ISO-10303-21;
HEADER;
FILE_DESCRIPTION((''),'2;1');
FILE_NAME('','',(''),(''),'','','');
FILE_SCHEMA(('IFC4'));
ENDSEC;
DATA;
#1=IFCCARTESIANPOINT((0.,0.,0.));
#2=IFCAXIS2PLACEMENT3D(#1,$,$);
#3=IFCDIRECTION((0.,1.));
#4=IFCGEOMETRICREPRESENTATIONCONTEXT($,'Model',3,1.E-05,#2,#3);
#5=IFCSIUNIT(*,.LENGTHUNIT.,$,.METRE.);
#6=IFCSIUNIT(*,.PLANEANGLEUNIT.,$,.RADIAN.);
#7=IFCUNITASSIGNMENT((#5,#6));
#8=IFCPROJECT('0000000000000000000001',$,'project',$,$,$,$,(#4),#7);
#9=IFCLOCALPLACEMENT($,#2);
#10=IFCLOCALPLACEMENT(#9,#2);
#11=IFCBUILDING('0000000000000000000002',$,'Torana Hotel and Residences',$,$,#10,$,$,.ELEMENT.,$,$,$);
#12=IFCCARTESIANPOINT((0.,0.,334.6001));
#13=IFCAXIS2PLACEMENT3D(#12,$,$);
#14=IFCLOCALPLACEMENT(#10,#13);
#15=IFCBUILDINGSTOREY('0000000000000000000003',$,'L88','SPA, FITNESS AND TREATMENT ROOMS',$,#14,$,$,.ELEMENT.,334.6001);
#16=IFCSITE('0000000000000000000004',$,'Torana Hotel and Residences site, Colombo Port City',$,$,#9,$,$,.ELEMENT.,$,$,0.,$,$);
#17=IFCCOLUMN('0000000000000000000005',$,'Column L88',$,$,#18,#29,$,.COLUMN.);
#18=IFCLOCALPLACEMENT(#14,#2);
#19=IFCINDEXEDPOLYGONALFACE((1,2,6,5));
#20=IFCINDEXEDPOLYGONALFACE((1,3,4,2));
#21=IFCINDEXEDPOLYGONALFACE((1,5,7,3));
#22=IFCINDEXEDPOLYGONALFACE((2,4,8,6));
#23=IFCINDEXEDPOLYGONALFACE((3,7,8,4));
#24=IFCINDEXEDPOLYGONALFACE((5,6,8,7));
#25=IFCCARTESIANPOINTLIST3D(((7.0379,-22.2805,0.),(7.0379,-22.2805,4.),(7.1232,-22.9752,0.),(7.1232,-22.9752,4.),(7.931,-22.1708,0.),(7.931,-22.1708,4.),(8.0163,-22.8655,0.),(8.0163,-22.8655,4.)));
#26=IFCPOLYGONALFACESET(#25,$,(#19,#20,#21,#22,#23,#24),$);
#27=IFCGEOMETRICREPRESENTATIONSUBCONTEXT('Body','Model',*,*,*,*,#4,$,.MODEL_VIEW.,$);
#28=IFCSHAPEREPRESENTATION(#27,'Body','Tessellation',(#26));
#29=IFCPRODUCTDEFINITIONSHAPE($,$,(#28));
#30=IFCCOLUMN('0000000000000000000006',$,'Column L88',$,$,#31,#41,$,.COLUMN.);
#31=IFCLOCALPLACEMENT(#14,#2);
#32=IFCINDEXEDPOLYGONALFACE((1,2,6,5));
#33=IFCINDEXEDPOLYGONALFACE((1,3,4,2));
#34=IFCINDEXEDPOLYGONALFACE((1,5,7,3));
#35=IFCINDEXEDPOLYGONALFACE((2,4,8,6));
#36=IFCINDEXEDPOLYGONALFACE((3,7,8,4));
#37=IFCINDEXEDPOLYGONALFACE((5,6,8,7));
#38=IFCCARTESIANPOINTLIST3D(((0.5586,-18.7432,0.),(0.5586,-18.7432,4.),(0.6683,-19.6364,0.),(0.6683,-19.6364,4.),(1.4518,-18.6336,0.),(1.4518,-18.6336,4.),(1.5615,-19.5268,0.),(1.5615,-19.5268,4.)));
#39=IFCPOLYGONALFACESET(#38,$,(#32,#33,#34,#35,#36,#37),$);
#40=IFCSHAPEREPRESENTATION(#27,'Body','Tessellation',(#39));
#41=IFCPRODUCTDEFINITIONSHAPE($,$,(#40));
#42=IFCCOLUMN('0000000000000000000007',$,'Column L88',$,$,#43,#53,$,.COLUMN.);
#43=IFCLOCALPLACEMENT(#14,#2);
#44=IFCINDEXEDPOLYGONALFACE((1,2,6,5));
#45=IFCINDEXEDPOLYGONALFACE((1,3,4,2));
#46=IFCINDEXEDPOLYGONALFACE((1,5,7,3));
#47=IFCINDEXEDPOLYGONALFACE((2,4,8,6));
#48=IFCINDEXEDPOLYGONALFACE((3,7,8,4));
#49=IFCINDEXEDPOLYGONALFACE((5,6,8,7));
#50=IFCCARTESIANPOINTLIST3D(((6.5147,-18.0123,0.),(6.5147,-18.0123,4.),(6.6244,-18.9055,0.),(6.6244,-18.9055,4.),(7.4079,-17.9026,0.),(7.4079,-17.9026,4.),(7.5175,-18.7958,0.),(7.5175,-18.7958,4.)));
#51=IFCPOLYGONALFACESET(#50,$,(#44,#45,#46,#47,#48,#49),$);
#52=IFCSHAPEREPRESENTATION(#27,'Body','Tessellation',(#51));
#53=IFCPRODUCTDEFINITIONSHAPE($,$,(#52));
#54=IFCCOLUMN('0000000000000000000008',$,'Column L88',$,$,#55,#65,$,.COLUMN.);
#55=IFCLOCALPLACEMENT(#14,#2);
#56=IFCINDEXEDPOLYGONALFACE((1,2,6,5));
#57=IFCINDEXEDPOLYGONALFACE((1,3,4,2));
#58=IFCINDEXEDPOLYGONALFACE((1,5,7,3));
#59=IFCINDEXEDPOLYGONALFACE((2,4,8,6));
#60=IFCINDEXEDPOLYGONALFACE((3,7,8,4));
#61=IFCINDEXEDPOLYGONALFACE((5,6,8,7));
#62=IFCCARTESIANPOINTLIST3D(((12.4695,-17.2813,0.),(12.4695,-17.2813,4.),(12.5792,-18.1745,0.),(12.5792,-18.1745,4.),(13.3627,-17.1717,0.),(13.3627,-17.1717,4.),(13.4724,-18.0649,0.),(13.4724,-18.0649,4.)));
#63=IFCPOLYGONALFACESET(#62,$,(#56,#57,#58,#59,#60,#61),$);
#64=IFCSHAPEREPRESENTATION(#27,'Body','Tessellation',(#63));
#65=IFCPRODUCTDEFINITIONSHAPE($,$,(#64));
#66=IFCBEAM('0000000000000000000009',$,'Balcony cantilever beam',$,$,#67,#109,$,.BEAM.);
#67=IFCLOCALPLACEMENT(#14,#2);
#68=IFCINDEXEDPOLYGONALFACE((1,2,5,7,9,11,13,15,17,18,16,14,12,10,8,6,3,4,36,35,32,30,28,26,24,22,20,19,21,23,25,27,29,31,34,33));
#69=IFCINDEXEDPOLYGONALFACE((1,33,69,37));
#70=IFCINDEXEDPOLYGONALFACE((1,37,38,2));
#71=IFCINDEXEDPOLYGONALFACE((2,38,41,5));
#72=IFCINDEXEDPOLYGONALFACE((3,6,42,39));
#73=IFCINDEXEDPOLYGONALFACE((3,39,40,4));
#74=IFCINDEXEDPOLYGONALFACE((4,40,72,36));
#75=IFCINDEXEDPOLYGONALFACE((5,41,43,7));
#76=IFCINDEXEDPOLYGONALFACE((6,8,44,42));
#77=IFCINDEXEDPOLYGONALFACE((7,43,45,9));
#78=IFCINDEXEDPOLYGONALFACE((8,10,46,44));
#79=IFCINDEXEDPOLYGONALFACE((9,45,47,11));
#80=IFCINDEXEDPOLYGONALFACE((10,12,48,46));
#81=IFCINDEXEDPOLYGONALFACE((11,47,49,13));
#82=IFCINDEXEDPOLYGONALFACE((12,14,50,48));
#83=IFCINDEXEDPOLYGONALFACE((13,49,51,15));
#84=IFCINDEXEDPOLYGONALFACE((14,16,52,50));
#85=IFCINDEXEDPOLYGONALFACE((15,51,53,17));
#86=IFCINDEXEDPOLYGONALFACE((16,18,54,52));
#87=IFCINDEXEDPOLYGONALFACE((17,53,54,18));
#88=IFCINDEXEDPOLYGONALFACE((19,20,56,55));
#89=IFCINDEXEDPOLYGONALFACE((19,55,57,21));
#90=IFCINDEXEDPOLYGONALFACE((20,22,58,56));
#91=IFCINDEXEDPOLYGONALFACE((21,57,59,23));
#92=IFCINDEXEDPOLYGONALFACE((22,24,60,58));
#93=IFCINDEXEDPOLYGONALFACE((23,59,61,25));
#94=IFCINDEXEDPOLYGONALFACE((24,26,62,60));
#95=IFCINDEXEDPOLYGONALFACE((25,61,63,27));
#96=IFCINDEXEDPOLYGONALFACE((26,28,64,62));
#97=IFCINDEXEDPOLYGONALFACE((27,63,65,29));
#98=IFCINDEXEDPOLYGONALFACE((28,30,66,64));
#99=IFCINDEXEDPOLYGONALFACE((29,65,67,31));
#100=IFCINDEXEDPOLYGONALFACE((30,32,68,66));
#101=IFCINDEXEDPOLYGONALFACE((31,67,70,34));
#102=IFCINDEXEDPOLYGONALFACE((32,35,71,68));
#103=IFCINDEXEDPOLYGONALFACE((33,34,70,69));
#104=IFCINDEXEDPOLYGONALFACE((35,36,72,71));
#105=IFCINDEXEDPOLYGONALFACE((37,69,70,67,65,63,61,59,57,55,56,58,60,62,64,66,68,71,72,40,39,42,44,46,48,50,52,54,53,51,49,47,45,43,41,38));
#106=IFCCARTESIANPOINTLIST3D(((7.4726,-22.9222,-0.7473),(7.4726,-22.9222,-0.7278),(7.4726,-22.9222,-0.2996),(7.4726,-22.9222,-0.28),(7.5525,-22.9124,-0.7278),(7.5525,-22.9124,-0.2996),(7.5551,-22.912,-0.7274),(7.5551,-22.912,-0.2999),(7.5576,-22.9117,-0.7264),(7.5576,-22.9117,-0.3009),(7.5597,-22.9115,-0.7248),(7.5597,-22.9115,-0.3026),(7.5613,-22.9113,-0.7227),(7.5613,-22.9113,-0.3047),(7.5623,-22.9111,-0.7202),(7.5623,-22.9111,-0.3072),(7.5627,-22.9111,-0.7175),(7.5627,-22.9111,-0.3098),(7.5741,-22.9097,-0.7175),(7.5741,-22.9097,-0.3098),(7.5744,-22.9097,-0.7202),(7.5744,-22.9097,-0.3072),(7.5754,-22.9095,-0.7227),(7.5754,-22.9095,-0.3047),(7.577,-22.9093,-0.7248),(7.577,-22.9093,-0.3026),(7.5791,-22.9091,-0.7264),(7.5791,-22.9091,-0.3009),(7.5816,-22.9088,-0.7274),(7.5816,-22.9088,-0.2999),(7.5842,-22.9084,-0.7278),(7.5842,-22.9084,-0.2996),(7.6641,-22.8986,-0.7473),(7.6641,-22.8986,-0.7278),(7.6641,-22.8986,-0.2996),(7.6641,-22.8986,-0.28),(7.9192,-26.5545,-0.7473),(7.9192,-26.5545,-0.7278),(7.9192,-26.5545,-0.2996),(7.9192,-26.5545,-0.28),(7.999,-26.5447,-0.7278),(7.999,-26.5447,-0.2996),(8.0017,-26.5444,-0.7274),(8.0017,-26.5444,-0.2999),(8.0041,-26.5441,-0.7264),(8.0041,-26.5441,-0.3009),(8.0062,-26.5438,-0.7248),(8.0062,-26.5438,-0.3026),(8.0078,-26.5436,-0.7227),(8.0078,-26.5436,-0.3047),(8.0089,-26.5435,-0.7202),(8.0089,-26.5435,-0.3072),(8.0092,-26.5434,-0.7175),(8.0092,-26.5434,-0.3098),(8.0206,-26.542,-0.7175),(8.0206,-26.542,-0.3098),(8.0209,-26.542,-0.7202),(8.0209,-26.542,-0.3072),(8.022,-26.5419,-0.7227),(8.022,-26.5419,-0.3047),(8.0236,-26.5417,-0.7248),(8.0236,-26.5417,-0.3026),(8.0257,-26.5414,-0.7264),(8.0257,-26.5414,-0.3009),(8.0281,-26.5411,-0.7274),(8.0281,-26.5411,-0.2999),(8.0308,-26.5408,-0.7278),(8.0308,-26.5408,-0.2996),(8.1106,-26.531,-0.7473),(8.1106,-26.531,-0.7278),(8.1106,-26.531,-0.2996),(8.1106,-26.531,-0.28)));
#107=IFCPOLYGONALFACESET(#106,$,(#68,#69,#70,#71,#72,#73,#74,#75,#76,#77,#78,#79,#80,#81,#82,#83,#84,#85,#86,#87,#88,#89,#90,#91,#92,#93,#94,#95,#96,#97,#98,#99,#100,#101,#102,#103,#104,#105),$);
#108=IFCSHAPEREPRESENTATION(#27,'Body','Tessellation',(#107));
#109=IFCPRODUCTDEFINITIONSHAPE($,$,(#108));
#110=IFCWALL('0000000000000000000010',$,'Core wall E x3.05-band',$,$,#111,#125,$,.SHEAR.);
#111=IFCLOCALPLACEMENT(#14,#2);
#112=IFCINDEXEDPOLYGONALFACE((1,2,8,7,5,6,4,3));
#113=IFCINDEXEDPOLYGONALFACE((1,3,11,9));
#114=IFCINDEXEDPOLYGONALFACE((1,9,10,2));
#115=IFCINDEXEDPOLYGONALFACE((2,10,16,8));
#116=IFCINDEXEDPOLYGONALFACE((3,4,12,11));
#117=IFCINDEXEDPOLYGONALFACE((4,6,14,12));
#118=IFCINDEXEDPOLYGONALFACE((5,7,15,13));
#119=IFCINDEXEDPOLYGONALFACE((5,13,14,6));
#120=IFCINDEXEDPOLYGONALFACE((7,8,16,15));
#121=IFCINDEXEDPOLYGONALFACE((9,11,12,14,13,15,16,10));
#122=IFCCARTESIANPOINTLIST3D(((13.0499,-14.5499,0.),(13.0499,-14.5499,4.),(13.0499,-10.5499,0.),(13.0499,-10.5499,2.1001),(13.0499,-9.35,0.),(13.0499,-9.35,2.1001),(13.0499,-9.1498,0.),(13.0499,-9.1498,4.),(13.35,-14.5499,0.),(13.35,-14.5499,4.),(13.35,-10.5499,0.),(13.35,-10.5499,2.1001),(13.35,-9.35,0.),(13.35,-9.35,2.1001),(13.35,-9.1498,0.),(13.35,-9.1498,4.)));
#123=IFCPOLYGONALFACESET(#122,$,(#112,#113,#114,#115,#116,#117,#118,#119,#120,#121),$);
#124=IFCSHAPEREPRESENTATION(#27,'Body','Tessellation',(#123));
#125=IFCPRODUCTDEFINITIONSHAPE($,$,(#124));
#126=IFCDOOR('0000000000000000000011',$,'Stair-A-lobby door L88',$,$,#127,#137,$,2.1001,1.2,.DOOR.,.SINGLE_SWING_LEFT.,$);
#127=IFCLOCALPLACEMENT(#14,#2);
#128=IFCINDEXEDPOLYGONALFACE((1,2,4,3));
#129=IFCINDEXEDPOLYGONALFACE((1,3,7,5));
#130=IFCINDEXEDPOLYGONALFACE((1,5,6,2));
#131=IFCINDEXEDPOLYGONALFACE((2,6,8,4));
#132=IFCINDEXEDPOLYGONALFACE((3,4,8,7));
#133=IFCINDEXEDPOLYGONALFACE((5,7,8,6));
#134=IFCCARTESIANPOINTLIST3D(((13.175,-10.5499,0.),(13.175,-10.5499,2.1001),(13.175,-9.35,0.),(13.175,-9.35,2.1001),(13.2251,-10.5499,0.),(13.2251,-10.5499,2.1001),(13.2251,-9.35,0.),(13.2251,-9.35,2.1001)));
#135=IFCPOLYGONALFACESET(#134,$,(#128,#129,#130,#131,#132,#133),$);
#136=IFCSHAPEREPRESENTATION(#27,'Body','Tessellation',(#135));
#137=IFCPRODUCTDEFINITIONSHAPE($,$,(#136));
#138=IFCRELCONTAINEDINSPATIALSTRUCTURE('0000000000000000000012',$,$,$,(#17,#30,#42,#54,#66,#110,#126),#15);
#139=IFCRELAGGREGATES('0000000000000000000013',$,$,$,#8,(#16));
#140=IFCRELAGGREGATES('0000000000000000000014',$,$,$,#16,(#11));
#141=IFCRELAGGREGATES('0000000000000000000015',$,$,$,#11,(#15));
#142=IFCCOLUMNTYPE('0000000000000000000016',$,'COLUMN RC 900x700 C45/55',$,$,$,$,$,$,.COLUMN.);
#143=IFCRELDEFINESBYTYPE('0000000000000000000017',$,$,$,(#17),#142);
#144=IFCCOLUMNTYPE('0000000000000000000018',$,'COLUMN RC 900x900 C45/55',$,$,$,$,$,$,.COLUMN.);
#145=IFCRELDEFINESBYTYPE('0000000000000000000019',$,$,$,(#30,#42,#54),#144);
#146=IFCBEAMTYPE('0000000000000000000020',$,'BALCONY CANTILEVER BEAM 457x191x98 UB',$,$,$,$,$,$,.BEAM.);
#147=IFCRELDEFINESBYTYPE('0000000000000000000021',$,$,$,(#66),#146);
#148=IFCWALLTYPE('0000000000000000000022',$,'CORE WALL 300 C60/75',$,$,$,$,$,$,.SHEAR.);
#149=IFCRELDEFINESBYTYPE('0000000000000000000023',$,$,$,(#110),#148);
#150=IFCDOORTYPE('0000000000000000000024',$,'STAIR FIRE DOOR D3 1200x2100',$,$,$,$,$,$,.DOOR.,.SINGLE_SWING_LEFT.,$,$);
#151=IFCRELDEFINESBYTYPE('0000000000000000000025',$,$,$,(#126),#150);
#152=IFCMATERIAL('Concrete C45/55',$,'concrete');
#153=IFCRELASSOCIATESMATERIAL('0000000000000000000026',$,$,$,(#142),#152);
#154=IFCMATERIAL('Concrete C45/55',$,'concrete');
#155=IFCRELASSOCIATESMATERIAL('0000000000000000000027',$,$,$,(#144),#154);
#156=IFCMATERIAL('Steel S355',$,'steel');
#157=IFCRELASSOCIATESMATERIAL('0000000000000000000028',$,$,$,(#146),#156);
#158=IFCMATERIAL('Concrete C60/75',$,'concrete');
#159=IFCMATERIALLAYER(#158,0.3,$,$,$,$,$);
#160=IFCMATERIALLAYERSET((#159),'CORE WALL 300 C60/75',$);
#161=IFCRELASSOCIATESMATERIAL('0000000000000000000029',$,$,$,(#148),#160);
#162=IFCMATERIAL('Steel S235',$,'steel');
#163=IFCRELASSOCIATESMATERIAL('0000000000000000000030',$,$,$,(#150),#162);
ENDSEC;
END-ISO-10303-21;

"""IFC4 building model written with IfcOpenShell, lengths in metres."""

from ifc_helpers import new_model, si_unit, direction, frame, frame_2d, origin, origin_2d, place, context, subcontext, project, spatial, rectangle, i_section, extrude, material, layer, layer_set, material_profile, profile_set, type_object, element, fill, save


model = new_model("IFC4")

# Units and contexts
model_context = context("Model", 3, precision=1e-05, world=origin(), true_north=direction((0.0, 1.0)))
body_context = subcontext(model_context, "Body", "Model", "MODEL_VIEW")
ifc_project = project(units=[si_unit("LENGTHUNIT", "METRE"), si_unit("PLANEANGLEUNIT", "RADIAN")], contexts=[model_context])

# Site, building, storey
site_placement = place(None, origin())
site = spatial("IfcSite", under=ifc_project, at=site_placement, Name="Torana Hotel and Residences site, Colombo Port City", CompositionType="ELEMENT", RefElevation=0.0)
building_placement = place(site_placement, origin())
building = spatial("IfcBuilding", under=site, at=building_placement, Name="Torana Hotel and Residences", CompositionType="ELEMENT")
storey_placement = place(building_placement, frame((0.0, 0.0, 334.6001)))
storey = spatial("IfcBuildingStorey", under=building, at=storey_placement, Name="L88", Description="SPA, FITNESS AND TREATMENT ROOMS", CompositionType="ELEMENT", Elevation=334.6001)

# Columns
ifc_material_1 = material(Name="Concrete C45/55", Category="concrete")
ifc_material_profile_1 = material_profile(ifc_material_1, rectangle(XDim=0.8999, YDim=0.7, at=origin_2d()), Name="RC 900x700")
ifc_profile_set_1 = profile_set([ifc_material_profile_1], Name="Concrete C45/55")
column_type_1 = type_object("IfcColumnType", Name="COLUMN RC 900x700 C45/55", PredefinedType="COLUMN", material=ifc_profile_set_1)
column_placement = place(storey_placement, frame((7.5271, -22.573, 0.0), z_axis=(0.0, 0.0, 1.0), x_axis=(0.992546, 0.121869, 0.0)))
element("IfcColumn", 1, at=column_placement, inside=storey, type_object=column_type_1, Name="Column L88", PredefinedType="COLUMN", context=body_context, shape_type="SweptSolid", body=[
    extrude(rectangle(XDim=0.8999, YDim=0.7, at=origin_2d()), origin(), (0.0, 0.0, 1.0), 4.0),
])
ifc_material_2 = material(Name="Concrete C45/55", Category="concrete")
ifc_material_profile_2 = material_profile(ifc_material_2, rectangle(XDim=0.8999, YDim=0.8999, at=origin_2d()), Name="RC 900x900")
ifc_profile_set_2 = profile_set([ifc_material_profile_2], Name="Concrete C45/55")
column_type_2 = type_object("IfcColumnType", Name="COLUMN RC 900x900 C45/55", PredefinedType="COLUMN", material=ifc_profile_set_2)
for number, where, z_axis, x_axis, name in (
    (2, (1.0601, -19.135, 0.0), (0.0, 0.0, 1.0), (0.992546, 0.121869, 0.0), "Column L88"),
    (3, (7.0161, -18.4041, 0.0), (0.0, 0.0, 1.0), (0.992546, 0.121869, 0.0), "Column L88"),
    (4, (12.9709, -17.6731, 0.0), (0.0, 0.0, 1.0), (0.992546, 0.121869, 0.0), "Column L88"),
):
    element("IfcColumn", number, at=place(storey_placement, frame(where, z_axis=z_axis, x_axis=x_axis)), inside=storey, type_object=column_type_2, Name=name, PredefinedType="COLUMN", context=body_context, shape_type="SweptSolid", body=[
        extrude(rectangle(XDim=0.8999, YDim=0.8999, at=origin_2d()), origin(), (0.0, 0.0, 1.0), 4.0),
    ])

# Beam
ifc_material_3 = material(Name="Steel S355", Category="steel")
ifc_material_profile_3 = material_profile(ifc_material_3, i_section(OverallWidth=0.1929, OverallDepth=0.4673, WebThickness=0.0115, FlangeThickness=0.0195, FilletRadius=0.0103, at=origin_2d()), Name="457x191x98 UB")
ifc_profile_set_3 = profile_set([ifc_material_profile_3], Name="Steel S355")
beam_type = type_object("IfcBeamType", Name="BALCONY CANTILEVER BEAM 457x191x98 UB", PredefinedType="BEAM", material=ifc_profile_set_3)
beam_placement = place(storey_placement, frame((7.5684, -22.9104, -0.5137), z_axis=(0.122015, -0.992528, 0.0), x_axis=(0.992528, 0.122015, 0.0)))
element("IfcBeam", 5, at=beam_placement, inside=storey, type_object=beam_type, Name="Balcony cantilever beam", PredefinedType="BEAM", context=body_context, shape_type="SweptSolid", body=[
    extrude(i_section(OverallWidth=0.1929, OverallDepth=0.4673, WebThickness=0.0115, FlangeThickness=0.0195, FilletRadius=0.0103, at=origin_2d()), origin(), (0.0, 0.0, 1.0), 3.6597),
])

# Wall, opening, door
ifc_material_4 = material(Name="Concrete C60/75", Category="concrete")
ifc_layer_1 = layer(ifc_material_4, 0.3)
ifc_layer_set_1 = layer_set([ifc_layer_1], Name="CORE WALL 300 C60/75")
wall_type_1 = type_object("IfcWallType", Name="CORE WALL 300 C60/75", PredefinedType="SHEAR", material=ifc_layer_set_1)
wall_1_placement = place(storey_placement, frame((13.2, -14.55, 0.0), z_axis=(0.0, 0.0, 1.0), x_axis=(0.0, 1.0, 0.0)))
wall_1 = element("IfcWall", 6, at=wall_1_placement, inside=storey, type_object=wall_type_1, Name="Core wall E x3.05-band", PredefinedType="SHEAR", context=body_context, shape_type="SweptSolid", body=[
    extrude(rectangle(XDim=5.4001, YDim=0.3, at=frame_2d((2.7002, 0.0))), origin(), (0.0, 0.0, 1.0), 4.0),
])
opening_1_placement = place(wall_1_placement, frame((4.0, 0.0, 0.0)))
opening_1 = element("IfcOpeningElement", 7, at=opening_1_placement, cuts=wall_1, PredefinedType="OPENING", context=body_context, shape_type="SweptSolid", body=[
    extrude(rectangle(XDim=1.2, YDim=2.1001, at=frame_2d((0.6001, 1.05))), frame((0.0, 0.1599, 0.0), z_axis=(0.0, -1.0, 0.0), x_axis=(1.0, 0.0, 0.0)), (0.0, 0.0, 1.0), 0.3201),
])
ifc_material_5 = material(Name="Steel S235", Category="steel")
door_type_1 = type_object("IfcDoorType", Name="STAIR FIRE DOOR D3 1200x2100", OperationType="SINGLE_SWING_LEFT", PredefinedType="DOOR", material=ifc_material_5)
door_1_placement = place(opening_1_placement, origin())
door_1 = element("IfcDoor", 8, at=door_1_placement, inside=storey, type_object=door_type_1, Name="Stair-A-lobby door L88", OperationType="SINGLE_SWING_LEFT", OverallHeight=2.1001, OverallWidth=1.2, PredefinedType="DOOR", context=body_context, shape_type="SweptSolid", body=[
    extrude(rectangle(XDim=1.2, YDim=2.1001, at=frame_2d((0.6001, 1.05))), frame((0.0, 0.0249, 0.0), z_axis=(0.0, -1.0, 0.0), x_axis=(1.0, 0.0, 0.0)), (0.0, 0.0, 1.0), 0.05),
])
fill(opening_1, door_1)

save(model, "model.ifc")
